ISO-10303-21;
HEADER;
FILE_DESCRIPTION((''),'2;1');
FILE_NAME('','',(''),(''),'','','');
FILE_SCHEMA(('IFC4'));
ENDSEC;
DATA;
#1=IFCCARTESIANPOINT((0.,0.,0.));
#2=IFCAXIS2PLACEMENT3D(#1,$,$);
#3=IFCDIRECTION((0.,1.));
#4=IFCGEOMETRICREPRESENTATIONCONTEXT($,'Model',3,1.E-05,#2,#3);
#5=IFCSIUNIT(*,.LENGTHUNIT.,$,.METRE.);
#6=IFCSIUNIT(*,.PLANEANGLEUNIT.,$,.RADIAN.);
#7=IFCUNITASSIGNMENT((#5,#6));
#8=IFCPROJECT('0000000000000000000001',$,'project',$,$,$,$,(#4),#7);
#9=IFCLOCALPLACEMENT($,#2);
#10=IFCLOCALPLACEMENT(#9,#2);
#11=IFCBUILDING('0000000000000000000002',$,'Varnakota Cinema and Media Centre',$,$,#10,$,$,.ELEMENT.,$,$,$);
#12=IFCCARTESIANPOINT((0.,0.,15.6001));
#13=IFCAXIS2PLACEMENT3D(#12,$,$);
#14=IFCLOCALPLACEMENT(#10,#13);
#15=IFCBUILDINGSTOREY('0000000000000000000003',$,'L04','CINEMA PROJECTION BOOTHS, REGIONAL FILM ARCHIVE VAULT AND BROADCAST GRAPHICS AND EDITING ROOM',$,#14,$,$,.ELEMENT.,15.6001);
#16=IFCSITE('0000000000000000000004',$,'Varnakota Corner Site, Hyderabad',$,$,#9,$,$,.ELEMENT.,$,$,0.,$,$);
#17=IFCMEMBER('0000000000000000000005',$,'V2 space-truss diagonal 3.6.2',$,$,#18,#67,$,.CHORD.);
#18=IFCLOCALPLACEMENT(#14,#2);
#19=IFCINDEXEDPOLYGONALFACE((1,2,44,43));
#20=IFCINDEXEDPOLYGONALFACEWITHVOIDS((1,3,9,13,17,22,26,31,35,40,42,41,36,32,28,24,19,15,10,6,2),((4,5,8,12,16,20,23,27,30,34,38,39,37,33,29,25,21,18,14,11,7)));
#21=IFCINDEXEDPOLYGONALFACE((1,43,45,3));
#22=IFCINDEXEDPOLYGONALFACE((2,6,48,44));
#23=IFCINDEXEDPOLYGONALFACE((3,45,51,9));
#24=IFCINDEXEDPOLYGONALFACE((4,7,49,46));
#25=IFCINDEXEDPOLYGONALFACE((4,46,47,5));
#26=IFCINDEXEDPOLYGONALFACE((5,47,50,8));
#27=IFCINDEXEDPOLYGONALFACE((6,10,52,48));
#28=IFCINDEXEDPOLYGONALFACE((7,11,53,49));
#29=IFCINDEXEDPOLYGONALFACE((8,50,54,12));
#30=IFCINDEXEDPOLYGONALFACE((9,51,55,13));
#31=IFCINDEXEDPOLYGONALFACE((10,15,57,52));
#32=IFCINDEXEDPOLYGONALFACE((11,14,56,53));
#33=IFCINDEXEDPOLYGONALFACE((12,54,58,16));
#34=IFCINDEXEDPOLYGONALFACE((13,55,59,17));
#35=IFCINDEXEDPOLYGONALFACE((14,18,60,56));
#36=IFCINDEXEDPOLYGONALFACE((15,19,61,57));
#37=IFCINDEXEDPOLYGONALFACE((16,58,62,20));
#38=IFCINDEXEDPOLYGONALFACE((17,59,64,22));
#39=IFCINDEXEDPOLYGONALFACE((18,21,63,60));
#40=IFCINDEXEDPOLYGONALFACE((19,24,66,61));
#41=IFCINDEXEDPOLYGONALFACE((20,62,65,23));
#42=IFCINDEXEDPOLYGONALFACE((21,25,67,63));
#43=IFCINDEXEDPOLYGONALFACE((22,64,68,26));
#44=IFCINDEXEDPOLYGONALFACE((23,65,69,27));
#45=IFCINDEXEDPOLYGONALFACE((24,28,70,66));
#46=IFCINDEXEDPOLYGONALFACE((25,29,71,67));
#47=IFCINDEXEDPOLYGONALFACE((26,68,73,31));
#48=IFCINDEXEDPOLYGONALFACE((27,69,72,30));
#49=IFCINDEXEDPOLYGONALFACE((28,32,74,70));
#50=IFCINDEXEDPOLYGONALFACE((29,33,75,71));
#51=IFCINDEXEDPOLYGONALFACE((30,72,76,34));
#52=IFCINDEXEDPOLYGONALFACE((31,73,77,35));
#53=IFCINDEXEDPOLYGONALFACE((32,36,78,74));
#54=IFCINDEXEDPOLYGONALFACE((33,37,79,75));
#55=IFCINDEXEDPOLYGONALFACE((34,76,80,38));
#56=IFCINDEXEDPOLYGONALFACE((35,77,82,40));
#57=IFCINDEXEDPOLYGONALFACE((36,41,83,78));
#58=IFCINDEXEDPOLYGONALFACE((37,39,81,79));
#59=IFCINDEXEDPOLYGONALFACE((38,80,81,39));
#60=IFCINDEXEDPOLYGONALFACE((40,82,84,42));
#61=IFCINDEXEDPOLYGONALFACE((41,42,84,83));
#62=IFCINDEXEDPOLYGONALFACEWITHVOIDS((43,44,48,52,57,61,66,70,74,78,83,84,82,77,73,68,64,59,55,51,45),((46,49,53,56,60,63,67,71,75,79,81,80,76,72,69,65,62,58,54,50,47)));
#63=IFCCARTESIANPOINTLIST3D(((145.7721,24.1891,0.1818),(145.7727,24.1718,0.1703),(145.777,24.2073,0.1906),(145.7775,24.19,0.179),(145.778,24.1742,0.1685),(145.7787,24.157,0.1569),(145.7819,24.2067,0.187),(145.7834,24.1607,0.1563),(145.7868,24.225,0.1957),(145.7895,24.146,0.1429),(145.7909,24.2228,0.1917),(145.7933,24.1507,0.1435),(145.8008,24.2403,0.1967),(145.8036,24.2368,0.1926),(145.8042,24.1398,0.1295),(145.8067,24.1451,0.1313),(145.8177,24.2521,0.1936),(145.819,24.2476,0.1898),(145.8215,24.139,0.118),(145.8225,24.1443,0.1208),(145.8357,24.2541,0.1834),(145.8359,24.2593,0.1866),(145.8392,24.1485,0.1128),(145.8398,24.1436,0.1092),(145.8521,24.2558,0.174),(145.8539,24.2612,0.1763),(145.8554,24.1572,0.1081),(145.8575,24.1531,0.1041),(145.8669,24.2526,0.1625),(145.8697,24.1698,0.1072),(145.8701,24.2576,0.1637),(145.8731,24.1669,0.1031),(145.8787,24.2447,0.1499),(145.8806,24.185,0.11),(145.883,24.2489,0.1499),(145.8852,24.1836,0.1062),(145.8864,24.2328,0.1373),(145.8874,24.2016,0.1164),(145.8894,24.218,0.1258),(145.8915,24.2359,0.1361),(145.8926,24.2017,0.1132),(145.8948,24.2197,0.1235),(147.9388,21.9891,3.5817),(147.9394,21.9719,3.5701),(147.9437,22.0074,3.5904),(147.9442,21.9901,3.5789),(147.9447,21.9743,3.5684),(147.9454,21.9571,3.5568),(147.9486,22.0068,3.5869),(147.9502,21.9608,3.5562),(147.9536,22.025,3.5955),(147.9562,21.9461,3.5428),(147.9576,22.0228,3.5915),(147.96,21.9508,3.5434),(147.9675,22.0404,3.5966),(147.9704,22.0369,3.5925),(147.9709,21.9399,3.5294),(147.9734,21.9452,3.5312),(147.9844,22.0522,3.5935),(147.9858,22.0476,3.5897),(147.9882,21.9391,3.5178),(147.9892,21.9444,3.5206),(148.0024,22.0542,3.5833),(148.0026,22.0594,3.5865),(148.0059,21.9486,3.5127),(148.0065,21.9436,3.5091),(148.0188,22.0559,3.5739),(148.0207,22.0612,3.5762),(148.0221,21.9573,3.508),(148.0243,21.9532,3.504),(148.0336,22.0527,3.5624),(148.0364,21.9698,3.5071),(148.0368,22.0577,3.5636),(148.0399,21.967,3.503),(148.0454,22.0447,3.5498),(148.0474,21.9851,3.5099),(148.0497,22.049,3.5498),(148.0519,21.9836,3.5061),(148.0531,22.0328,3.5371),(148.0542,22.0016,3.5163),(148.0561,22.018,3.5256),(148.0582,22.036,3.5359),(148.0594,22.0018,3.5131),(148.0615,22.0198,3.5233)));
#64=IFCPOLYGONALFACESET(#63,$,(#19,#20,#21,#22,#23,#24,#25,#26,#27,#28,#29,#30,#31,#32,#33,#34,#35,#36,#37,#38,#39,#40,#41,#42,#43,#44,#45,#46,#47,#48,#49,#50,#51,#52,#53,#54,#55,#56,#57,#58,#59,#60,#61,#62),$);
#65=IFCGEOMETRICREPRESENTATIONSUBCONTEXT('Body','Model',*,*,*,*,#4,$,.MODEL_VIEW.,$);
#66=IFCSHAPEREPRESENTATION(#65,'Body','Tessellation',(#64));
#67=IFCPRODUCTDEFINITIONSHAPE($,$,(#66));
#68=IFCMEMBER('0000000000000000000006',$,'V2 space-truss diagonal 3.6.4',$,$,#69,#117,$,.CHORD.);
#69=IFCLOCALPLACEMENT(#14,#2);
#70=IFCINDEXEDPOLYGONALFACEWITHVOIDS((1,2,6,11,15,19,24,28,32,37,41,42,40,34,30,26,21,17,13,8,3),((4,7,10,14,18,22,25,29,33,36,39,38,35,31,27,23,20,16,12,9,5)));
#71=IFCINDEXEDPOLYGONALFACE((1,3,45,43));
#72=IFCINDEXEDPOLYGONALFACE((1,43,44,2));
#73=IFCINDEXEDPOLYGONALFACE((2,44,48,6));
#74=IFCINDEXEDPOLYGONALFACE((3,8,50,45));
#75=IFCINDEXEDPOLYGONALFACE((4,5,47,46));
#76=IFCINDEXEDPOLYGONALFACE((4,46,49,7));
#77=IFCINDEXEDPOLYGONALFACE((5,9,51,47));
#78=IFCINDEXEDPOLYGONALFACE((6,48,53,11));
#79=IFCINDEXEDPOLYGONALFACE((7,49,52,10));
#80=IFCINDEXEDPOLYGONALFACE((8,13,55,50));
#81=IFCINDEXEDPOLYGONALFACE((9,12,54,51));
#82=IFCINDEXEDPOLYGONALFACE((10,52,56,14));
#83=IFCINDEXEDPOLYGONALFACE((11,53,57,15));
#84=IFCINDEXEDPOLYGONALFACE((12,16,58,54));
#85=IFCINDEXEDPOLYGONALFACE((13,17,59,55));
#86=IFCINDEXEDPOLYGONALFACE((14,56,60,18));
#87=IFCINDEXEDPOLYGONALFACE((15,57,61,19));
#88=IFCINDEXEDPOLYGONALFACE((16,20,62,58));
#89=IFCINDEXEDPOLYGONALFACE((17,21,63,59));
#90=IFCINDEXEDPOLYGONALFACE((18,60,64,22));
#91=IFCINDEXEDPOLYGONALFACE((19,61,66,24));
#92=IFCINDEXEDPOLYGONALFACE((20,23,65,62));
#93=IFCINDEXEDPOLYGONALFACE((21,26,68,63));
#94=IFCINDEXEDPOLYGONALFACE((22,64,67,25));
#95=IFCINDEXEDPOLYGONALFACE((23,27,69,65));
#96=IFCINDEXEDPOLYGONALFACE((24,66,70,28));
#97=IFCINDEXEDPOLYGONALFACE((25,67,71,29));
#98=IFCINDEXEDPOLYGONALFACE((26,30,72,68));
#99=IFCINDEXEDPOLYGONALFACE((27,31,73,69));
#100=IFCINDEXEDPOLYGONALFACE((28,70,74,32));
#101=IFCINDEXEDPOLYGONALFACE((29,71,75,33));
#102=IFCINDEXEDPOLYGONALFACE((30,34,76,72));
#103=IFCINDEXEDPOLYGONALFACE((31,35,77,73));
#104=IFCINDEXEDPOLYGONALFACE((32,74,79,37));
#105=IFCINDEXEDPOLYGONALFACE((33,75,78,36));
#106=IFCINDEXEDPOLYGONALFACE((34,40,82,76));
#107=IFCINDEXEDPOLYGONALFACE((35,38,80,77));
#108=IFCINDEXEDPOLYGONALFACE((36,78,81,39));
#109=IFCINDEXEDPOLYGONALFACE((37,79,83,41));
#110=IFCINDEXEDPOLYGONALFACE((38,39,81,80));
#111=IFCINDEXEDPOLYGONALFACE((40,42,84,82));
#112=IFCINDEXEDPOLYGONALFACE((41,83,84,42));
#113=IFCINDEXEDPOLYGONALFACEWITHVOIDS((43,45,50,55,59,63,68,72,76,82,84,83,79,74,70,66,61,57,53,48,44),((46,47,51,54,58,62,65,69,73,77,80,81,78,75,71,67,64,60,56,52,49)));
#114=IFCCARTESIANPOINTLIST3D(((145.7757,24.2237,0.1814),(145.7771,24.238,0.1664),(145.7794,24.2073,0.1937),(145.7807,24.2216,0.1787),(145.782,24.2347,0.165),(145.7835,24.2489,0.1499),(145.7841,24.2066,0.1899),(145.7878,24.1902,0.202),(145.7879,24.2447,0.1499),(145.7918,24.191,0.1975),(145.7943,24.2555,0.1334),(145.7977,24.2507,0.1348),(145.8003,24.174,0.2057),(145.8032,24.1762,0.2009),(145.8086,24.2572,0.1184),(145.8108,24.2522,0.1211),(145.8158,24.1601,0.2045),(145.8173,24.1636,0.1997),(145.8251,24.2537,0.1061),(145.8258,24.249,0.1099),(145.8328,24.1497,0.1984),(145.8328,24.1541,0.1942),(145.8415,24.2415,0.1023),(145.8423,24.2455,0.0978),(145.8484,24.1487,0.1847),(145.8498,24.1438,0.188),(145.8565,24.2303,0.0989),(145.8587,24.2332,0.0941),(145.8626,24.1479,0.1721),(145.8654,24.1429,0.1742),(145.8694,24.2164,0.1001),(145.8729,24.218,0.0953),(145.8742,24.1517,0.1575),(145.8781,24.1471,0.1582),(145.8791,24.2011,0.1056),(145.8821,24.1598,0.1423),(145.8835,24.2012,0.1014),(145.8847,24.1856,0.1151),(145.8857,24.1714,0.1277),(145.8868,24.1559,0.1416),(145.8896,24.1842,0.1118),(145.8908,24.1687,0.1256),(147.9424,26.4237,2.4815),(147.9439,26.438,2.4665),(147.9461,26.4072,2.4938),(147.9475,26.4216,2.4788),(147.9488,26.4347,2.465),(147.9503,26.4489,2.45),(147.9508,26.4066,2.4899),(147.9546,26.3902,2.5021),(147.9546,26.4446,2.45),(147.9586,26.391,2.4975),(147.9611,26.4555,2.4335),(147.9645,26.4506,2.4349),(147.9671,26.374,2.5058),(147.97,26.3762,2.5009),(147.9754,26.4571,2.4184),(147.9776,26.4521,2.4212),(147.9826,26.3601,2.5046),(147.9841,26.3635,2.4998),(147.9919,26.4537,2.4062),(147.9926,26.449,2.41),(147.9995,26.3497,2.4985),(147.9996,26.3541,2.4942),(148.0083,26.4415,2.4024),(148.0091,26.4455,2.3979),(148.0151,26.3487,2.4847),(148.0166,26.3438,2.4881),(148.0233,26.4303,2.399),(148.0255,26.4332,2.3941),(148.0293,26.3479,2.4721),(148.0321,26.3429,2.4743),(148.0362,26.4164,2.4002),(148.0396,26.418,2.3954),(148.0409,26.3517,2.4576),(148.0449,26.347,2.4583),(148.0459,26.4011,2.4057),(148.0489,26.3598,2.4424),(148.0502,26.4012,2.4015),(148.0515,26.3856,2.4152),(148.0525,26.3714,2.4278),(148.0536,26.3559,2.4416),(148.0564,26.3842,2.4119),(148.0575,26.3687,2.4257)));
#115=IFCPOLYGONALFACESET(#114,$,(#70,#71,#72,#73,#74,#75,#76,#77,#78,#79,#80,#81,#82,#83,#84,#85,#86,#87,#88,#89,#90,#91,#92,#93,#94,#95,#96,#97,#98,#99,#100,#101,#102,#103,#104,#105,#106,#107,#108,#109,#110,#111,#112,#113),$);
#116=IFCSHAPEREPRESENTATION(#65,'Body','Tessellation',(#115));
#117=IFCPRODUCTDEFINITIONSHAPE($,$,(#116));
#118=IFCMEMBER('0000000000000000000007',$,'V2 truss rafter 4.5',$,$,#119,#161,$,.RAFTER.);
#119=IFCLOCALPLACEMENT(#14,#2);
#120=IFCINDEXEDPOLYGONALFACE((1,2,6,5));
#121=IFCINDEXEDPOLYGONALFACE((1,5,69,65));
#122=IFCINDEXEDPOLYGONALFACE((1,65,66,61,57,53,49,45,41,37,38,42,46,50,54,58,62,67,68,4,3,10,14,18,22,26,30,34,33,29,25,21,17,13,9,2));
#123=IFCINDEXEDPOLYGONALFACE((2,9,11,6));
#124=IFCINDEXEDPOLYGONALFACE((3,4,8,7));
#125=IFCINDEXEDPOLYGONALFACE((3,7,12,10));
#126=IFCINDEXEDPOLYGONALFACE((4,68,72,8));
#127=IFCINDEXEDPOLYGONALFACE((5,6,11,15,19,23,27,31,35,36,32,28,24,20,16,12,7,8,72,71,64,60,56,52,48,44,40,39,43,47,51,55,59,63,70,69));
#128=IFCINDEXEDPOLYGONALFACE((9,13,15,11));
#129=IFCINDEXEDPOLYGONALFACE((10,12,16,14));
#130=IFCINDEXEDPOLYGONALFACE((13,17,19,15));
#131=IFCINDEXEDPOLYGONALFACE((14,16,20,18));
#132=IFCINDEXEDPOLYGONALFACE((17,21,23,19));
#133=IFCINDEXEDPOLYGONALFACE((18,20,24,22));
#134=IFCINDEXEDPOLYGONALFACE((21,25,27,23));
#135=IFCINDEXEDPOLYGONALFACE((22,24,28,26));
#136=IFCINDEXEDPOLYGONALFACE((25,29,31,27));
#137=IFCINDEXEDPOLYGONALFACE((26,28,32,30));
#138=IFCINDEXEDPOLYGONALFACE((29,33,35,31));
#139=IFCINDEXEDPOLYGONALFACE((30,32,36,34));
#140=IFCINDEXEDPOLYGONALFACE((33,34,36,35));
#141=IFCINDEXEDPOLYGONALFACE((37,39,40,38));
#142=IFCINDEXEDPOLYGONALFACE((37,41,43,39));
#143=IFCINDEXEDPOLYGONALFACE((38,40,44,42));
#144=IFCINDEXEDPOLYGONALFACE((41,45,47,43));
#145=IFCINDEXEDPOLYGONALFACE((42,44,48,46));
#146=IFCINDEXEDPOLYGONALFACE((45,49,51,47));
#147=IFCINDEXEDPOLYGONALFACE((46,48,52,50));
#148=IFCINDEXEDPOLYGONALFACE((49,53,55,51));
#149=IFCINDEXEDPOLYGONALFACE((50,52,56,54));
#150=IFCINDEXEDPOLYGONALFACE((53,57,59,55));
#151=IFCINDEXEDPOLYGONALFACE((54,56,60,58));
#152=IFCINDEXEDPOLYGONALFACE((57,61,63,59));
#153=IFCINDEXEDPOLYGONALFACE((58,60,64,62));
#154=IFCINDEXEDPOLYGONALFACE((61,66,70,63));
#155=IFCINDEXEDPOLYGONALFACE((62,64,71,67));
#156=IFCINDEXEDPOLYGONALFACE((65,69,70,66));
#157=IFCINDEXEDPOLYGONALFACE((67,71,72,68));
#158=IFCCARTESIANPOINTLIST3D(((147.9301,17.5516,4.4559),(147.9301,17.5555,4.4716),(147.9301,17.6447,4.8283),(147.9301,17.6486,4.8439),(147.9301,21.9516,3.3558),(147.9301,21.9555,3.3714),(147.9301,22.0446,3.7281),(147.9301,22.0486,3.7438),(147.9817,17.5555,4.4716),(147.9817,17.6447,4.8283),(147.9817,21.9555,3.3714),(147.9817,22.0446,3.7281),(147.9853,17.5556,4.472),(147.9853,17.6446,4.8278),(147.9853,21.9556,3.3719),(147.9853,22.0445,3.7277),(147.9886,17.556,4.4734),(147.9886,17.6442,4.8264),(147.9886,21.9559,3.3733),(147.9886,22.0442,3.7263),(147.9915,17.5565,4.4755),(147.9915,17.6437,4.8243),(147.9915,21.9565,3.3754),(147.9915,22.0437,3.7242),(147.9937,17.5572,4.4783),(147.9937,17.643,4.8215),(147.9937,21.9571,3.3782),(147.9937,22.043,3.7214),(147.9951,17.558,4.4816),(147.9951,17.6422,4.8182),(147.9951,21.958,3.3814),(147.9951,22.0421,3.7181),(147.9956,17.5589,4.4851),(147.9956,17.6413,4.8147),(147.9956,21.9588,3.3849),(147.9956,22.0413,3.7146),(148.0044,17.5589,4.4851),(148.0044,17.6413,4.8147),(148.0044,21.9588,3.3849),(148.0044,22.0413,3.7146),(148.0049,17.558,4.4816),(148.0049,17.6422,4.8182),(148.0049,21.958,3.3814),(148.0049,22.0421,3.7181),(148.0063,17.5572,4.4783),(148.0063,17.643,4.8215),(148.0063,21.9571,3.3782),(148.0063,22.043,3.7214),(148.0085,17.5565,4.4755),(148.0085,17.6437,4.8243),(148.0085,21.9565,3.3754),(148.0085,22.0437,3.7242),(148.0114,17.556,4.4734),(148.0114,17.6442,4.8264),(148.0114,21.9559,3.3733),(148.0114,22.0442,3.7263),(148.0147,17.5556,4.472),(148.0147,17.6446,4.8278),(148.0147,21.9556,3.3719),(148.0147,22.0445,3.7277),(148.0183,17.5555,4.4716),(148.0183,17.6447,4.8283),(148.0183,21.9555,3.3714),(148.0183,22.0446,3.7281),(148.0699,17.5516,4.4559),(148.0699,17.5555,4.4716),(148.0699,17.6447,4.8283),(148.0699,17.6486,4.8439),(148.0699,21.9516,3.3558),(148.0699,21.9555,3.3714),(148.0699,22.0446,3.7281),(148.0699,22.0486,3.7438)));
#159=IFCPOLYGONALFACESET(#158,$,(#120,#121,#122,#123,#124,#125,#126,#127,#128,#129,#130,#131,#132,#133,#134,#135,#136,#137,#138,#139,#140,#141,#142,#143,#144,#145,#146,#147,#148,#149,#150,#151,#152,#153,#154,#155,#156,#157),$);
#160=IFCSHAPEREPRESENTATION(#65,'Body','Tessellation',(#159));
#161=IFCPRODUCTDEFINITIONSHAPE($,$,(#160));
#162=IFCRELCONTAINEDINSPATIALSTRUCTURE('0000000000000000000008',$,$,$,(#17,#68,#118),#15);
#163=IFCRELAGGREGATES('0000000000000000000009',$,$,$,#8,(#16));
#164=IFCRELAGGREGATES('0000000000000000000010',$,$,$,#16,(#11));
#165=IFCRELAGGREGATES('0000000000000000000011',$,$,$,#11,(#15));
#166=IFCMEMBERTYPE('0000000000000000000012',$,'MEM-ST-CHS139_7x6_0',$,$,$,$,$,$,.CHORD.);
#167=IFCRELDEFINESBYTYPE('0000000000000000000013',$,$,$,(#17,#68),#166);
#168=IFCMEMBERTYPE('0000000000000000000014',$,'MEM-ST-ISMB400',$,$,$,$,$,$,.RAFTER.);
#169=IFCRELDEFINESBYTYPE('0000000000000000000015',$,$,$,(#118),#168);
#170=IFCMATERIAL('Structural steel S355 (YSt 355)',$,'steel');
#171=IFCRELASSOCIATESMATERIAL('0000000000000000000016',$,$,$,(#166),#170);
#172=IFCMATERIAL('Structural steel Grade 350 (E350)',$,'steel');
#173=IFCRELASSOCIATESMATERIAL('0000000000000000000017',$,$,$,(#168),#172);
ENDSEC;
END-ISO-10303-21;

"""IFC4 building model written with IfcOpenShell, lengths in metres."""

from ifc_helpers import new_model, si_unit, direction, frame, origin, origin_2d, place, context, subcontext, project, spatial, hollow_circle, i_section, extrude, material, material_profile, profile_set, type_object, element, save


model = new_model("IFC4")

# Units and contexts
model_context = context("Model", 3, precision=1e-05, world=origin(), true_north=direction((0.0, 1.0)))
body_context = subcontext(model_context, "Body", "Model", "MODEL_VIEW")
ifc_project = project(units=[si_unit("LENGTHUNIT", "METRE"), si_unit("PLANEANGLEUNIT", "RADIAN")], contexts=[model_context])

# Site, building, storey
site_placement = place(None, origin())
site = spatial("IfcSite", under=ifc_project, at=site_placement, Name="Varnakota Corner Site, Hyderabad", CompositionType="ELEMENT", RefElevation=0.0)
building_placement = place(site_placement, origin())
building = spatial("IfcBuilding", under=site, at=building_placement, Name="Varnakota Cinema and Media Centre", CompositionType="ELEMENT")
storey_placement = place(building_placement, frame((0.0, 0.0, 15.6001)))
storey = spatial("IfcBuildingStorey", under=building, at=storey_placement, Name="L04", Description="CINEMA PROJECTION BOOTHS, REGIONAL FILM ARCHIVE VAULT AND BROADCAST GRAPHICS AND EDITING ROOM", CompositionType="ELEMENT", Elevation=15.6001)

# Members
ifc_material_1 = material(Name="Structural steel S355 (YSt 355)", Category="steel")
ifc_material_profile_1 = material_profile(ifc_material_1, hollow_circle(Radius=0.0698, WallThickness=0.0061, at=origin_2d()), Name="CHS 139.7x6.0")
ifc_profile_set_1 = profile_set([ifc_material_profile_1], Name="Structural steel S355 (YSt 355)")
member_type_1 = type_object("IfcMemberType", Name="MEM-ST-CHS139_7x6_0", PredefinedType="CHORD", material=ifc_profile_set_1)
member_1_placement = place(storey_placement, frame((145.8333, 24.2, 0.1499), z_axis=(0.471769, -0.478999, 0.740266), x_axis=(0.712463, 0.70171, 0.0)))
element("IfcMember", 1, at=member_1_placement, inside=storey, type_object=member_type_1, Name="V2 space-truss diagonal 3.6.2", PredefinedType="CHORD", context=body_context, shape_type="SweptSolid", body=[
    extrude(hollow_circle(Radius=0.0698, WallThickness=0.0061, at=origin_2d()), origin(), (0.0, 0.0, 1.0), 4.5928),
])
member_2_placement = place(storey_placement, frame((145.8333, 24.2, 0.1499), z_axis=(0.562748, 0.571371, 0.597369), x_axis=(-0.712463, 0.70171, 0.0)))
element("IfcMember", 2, at=member_2_placement, inside=storey, type_object=member_type_1, Name="V2 space-truss diagonal 3.6.4", PredefinedType="CHORD", context=body_context, shape_type="SweptSolid", body=[
    extrude(hollow_circle(Radius=0.0698, WallThickness=0.0061, at=origin_2d()), origin(), (0.0, 0.0, 1.0), 3.8503),
])
ifc_material_2 = material(Name="Structural steel Grade 350 (E350)", Category="steel")
ifc_material_profile_2 = material_profile(ifc_material_2, i_section(OverallWidth=0.1399, OverallDepth=0.3999, WebThickness=0.0088, FlangeThickness=0.0161, FilletRadius=0.0139, at=origin_2d()), Name="ISMB 400")
ifc_profile_set_2 = profile_set([ifc_material_profile_2], Name="Structural steel Grade 350 (E350)")
member_type_2 = type_object("IfcMemberType", Name="MEM-ST-ISMB400", PredefinedType="RAFTER", material=ifc_profile_set_2)
for number, where, z_axis, x_axis, name in (
    (3, (148.0, 17.6001, 4.6499), (0.0, 0.970136, -0.242561), (-1.0, 0.0, 0.0), "V2 truss rafter 4.5"),
):
    element("IfcMember", number, at=place(storey_placement, frame(where, z_axis=z_axis, x_axis=x_axis)), inside=storey, type_object=member_type_2, Name=name, PredefinedType="RAFTER", context=body_context, shape_type="SweptSolid", body=[
        extrude(i_section(OverallWidth=0.1399, OverallDepth=0.3999, WebThickness=0.0088, FlangeThickness=0.0161, FilletRadius=0.0139, at=origin_2d()), origin(), (0.0, 0.0, 1.0), 4.5354),
    ])

save(model, "model.ifc")
